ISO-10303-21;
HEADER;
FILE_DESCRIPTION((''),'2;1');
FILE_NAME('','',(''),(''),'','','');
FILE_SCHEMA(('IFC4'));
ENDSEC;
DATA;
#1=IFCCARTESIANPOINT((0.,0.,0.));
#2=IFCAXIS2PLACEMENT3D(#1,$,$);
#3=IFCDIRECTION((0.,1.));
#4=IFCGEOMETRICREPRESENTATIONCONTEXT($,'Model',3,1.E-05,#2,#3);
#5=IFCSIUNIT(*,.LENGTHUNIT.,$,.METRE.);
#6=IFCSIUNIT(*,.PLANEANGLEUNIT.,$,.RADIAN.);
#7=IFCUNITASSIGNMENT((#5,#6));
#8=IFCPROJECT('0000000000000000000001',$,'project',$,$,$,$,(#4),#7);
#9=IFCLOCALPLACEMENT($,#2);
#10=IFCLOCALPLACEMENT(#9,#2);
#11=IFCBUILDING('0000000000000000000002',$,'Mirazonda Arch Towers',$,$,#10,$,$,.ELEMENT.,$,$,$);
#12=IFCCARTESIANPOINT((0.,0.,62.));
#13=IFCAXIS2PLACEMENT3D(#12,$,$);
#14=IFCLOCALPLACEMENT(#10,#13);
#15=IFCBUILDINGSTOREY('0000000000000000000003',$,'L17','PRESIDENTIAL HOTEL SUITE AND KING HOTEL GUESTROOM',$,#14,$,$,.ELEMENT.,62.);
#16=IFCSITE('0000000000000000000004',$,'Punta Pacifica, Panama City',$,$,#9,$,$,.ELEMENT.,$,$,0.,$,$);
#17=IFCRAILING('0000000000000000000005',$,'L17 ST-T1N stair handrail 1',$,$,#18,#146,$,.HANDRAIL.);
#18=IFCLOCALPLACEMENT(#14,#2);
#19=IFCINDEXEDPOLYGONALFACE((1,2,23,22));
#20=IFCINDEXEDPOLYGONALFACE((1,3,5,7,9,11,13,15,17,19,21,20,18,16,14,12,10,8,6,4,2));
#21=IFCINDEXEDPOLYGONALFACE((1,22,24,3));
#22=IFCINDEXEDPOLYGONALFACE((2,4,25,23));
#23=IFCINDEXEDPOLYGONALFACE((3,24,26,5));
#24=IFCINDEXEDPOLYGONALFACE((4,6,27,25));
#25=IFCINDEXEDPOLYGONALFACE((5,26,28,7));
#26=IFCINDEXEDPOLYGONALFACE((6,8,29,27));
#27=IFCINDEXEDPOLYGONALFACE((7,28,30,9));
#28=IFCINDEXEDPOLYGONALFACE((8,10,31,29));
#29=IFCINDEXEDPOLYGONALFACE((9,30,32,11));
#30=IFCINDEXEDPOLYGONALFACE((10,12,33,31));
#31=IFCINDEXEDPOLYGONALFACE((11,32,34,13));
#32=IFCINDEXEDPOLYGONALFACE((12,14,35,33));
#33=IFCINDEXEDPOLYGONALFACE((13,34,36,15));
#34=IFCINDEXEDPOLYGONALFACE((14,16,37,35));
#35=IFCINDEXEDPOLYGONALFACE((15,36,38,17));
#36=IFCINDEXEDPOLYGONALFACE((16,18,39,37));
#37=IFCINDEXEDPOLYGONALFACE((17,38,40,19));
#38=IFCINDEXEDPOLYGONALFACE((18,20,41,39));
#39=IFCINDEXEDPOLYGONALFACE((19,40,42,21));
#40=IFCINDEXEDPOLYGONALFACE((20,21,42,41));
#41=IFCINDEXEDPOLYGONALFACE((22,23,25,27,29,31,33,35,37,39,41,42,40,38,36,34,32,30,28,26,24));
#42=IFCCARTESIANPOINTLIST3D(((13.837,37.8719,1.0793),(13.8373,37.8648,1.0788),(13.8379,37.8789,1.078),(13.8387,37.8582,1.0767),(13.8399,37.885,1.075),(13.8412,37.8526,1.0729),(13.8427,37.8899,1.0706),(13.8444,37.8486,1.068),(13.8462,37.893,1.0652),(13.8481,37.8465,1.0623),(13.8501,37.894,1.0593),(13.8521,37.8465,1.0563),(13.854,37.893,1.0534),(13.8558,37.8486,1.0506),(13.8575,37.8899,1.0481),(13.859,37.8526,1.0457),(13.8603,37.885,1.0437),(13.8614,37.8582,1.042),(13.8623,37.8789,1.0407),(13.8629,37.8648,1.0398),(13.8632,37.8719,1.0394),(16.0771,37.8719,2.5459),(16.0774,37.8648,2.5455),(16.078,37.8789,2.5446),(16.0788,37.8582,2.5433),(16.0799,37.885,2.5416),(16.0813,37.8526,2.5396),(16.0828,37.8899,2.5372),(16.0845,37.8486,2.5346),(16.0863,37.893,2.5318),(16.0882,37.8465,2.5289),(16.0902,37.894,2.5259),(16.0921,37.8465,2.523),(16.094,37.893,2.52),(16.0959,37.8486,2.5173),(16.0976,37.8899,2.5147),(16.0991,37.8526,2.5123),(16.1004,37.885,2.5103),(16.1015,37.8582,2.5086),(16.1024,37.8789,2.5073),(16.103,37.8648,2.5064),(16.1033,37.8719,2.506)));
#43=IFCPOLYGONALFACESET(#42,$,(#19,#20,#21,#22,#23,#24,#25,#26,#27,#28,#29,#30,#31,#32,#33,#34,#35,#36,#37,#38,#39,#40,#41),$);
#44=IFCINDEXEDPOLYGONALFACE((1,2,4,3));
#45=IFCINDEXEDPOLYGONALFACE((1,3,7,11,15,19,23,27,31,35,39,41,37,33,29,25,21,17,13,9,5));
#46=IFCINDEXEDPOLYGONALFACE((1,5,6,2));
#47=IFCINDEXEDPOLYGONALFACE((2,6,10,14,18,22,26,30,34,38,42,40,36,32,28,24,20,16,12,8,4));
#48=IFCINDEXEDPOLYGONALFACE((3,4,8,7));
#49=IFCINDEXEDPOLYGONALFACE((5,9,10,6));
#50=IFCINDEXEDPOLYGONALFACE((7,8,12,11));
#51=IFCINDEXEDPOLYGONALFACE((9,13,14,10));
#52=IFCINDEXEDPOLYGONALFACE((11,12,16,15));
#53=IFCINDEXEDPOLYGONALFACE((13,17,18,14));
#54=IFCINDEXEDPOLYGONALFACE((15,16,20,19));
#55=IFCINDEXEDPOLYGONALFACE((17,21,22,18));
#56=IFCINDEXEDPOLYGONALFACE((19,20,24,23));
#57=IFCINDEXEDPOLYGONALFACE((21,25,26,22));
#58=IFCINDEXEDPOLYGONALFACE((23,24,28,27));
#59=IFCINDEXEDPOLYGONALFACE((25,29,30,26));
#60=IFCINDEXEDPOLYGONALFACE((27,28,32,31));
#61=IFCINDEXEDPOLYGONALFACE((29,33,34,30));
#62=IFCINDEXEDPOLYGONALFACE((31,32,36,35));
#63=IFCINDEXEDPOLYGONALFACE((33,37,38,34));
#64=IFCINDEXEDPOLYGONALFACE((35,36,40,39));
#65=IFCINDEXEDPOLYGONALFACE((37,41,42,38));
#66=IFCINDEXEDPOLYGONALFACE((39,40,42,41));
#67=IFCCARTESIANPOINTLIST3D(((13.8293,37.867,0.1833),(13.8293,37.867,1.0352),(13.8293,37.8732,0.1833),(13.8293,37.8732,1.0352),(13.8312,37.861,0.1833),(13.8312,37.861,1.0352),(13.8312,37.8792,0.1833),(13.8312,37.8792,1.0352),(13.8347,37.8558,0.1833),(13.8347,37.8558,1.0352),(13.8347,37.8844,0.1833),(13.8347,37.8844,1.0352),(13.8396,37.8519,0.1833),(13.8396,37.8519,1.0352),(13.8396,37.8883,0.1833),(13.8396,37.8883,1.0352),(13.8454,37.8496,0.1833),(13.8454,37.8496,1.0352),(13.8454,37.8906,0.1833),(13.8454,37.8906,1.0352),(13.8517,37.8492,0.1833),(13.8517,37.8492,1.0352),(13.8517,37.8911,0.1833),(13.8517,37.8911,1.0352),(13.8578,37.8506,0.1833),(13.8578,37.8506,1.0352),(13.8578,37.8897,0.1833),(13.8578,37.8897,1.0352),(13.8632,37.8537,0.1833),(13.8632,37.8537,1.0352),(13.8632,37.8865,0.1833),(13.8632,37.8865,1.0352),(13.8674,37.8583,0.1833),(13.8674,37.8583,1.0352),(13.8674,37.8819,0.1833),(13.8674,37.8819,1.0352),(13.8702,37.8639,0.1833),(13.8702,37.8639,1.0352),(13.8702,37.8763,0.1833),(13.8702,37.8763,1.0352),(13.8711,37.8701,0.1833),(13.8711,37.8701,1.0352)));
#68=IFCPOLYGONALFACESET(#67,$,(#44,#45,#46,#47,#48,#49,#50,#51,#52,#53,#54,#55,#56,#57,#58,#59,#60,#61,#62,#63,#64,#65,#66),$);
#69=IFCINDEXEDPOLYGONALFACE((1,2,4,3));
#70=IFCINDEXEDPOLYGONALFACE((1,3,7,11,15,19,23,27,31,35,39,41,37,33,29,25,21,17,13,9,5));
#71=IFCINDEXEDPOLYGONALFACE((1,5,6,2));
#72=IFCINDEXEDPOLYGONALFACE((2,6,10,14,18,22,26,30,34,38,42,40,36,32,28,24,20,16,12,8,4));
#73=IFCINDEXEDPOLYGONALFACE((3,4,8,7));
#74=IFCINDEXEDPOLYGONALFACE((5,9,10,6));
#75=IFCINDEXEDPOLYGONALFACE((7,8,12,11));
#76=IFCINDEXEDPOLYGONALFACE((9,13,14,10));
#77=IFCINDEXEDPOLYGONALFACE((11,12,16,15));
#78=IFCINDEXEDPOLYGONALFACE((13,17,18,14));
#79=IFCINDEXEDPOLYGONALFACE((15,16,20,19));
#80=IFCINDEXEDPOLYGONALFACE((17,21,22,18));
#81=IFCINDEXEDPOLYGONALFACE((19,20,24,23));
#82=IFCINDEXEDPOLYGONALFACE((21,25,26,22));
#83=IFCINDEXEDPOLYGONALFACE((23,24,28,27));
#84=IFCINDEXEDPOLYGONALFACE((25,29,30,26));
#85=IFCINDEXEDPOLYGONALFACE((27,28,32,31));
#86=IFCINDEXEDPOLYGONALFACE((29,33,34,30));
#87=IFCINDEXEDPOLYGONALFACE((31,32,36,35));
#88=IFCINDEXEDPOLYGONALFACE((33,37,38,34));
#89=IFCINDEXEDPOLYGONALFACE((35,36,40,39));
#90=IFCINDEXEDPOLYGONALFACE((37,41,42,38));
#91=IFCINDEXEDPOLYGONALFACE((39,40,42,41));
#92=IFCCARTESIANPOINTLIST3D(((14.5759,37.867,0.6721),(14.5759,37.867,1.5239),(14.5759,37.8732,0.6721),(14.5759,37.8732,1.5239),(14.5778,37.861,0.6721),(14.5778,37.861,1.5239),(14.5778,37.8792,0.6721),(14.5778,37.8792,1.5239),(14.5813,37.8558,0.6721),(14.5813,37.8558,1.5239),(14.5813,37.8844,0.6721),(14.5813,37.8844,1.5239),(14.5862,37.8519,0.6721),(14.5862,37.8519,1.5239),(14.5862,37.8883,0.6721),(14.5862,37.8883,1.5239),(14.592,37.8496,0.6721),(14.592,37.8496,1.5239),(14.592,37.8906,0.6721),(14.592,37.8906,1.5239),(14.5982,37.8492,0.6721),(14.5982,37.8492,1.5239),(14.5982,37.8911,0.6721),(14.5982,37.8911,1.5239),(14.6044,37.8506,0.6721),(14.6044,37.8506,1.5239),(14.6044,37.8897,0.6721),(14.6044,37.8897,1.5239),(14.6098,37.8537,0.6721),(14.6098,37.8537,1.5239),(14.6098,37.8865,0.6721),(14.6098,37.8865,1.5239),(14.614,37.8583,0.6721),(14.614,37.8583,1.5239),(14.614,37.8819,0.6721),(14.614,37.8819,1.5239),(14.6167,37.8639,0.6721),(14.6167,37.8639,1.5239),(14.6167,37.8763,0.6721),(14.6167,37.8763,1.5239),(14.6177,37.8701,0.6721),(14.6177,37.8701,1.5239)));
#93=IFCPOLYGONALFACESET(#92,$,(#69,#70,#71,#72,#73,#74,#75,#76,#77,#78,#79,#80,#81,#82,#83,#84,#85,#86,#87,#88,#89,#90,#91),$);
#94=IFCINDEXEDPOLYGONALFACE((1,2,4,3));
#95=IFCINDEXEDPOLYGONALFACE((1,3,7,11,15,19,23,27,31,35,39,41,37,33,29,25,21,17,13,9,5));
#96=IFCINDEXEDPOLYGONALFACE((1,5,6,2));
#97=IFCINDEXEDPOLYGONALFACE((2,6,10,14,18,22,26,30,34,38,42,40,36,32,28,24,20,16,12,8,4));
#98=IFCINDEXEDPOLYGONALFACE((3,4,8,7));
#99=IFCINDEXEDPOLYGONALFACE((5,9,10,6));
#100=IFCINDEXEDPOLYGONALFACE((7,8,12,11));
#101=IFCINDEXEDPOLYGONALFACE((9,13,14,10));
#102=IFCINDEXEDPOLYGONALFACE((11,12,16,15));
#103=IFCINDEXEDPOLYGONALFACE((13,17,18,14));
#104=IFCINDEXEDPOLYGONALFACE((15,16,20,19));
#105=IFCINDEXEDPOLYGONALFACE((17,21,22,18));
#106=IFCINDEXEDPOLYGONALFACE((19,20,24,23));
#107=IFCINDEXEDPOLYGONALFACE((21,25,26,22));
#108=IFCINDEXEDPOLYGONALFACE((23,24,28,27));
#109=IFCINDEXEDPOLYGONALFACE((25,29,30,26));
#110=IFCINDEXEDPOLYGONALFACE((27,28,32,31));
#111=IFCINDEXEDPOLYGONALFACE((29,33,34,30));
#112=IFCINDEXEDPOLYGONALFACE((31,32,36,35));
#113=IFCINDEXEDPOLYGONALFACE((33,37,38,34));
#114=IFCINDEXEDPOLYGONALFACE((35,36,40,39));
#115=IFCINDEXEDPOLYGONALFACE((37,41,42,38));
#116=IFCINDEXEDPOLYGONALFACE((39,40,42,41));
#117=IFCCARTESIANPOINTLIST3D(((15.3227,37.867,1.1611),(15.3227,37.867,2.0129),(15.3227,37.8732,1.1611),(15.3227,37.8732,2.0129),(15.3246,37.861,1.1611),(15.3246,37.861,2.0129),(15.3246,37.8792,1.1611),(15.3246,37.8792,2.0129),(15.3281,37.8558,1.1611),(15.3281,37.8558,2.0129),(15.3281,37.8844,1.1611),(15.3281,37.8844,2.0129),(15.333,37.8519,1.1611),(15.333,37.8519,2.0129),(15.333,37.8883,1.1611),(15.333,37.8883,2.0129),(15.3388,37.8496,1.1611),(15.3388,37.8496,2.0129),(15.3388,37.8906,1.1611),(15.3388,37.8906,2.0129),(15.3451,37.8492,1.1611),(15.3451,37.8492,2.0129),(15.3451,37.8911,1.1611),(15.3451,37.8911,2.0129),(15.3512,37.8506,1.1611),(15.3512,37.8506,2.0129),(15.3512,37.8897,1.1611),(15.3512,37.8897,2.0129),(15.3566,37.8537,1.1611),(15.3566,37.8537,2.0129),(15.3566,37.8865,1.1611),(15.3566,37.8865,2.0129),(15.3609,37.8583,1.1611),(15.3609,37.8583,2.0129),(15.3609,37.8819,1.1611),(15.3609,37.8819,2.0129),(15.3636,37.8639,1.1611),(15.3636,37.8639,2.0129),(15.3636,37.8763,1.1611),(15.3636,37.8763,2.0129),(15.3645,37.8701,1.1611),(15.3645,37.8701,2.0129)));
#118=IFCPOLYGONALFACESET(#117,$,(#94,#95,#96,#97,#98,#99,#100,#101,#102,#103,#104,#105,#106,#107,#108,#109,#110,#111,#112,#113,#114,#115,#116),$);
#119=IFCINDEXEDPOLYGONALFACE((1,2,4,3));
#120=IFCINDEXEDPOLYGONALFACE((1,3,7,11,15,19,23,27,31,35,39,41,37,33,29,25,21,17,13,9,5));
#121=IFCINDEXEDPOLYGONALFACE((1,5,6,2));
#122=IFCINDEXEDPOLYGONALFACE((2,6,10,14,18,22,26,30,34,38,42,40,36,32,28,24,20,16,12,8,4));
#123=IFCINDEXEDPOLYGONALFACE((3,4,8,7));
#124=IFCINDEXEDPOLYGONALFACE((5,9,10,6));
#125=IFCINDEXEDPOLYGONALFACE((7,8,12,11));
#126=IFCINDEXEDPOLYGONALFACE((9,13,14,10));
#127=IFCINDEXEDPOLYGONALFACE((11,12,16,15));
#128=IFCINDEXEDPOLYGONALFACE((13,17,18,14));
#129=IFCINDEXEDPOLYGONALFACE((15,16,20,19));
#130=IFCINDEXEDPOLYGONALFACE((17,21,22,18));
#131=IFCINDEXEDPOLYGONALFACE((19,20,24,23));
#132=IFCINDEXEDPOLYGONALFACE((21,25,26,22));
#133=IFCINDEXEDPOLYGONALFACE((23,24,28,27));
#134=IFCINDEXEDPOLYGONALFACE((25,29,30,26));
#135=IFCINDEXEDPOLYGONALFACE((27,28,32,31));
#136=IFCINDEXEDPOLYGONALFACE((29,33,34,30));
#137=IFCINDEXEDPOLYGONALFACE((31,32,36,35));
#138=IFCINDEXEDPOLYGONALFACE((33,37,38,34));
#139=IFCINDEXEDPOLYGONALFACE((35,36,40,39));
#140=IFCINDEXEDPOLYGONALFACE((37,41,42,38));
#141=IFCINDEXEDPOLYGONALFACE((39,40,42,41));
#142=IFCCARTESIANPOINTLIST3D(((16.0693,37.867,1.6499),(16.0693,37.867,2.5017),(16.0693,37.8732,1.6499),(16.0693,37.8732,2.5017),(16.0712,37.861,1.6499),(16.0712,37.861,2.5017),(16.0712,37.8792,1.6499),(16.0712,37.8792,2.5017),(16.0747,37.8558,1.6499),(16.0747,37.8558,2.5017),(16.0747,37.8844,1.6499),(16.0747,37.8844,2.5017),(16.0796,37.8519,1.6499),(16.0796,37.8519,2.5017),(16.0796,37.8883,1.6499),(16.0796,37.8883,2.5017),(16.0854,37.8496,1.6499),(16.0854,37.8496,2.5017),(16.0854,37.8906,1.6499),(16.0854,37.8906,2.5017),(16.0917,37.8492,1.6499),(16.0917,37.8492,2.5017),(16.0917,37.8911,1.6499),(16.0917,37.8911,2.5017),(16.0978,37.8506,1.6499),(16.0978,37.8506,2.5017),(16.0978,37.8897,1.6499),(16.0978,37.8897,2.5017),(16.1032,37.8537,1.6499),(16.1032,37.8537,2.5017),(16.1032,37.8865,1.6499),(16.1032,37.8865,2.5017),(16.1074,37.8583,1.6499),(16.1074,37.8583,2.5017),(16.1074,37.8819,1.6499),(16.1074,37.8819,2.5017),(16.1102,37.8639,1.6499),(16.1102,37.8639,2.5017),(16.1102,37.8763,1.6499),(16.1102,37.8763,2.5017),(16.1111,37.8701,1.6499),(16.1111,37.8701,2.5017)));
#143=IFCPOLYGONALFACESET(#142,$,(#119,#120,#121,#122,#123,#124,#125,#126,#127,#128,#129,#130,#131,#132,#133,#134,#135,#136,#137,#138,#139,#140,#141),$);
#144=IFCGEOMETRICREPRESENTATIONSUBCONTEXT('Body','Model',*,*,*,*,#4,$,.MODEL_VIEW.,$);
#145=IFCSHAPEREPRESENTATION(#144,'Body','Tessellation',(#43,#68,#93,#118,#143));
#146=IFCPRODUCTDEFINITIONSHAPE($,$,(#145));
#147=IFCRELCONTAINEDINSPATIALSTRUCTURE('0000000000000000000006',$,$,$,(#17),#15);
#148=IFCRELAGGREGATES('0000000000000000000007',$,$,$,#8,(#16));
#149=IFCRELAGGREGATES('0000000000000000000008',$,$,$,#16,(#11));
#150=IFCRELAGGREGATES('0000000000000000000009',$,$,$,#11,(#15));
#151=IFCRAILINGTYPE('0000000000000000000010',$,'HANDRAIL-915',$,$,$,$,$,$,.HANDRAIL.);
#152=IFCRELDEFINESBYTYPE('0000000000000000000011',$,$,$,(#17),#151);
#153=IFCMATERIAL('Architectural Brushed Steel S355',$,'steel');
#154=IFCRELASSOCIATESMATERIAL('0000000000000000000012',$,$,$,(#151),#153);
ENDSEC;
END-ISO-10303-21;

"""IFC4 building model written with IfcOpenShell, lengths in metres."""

from ifc_helpers import new_model, si_unit, direction, frame, origin, origin_2d, place, context, subcontext, project, spatial, circle, extrude, material, type_object, element, save


model = new_model("IFC4")

# Units and contexts
model_context = context("Model", 3, precision=1e-05, world=origin(), true_north=direction((0.0, 1.0)))
body_context = subcontext(model_context, "Body", "Model", "MODEL_VIEW")
ifc_project = project(units=[si_unit("LENGTHUNIT", "METRE"), si_unit("PLANEANGLEUNIT", "RADIAN")], contexts=[model_context])

# Site, building, storey
site_placement = place(None, origin())
site = spatial("IfcSite", under=ifc_project, at=site_placement, Name="Punta Pacifica, Panama City", CompositionType="ELEMENT", RefElevation=0.0)
building_placement = place(site_placement, origin())
building = spatial("IfcBuilding", under=site, at=building_placement, Name="Mirazonda Arch Towers", CompositionType="ELEMENT")
storey_placement = place(building_placement, frame((0.0, 0.0, 62.0)))
storey = spatial("IfcBuildingStorey", under=building, at=storey_placement, Name="L17", Description="PRESIDENTIAL HOTEL SUITE AND KING HOTEL GUESTROOM", CompositionType="ELEMENT", Elevation=62.0)

# Shared definitions
ifc_material_1 = material(Name="Architectural Brushed Steel S355", Category="steel")

# Railing
railing_type_1 = type_object("IfcRailingType", Name="HANDRAIL-915", PredefinedType="HANDRAIL", material=ifc_material_1)
railing_1_placement = place(storey_placement, frame((13.8501, 37.8701, 0.1833)))
element("IfcRailing", 1, at=railing_1_placement, inside=storey, type_object=railing_type_1, Name="L17 ST-T1N stair handrail 1", PredefinedType="HANDRAIL", context=body_context, shape_type="SweptSolid", body=[
    extrude(circle(Radius=0.0239, at=origin_2d()), frame((0.0, 0.0, 0.876), z_axis=(0.836637, 0.0, 0.547758), x_axis=(0.0, 1.0, 0.0)), (0.0, 0.0, 1.0), 2.6775),
    extrude(circle(Radius=0.021, at=origin_2d()), origin(), (0.0, 0.0, 1.0), 0.8518),
    extrude(circle(Radius=0.021, at=origin_2d()), frame((0.7466, 0.0, 0.4888)), (0.0, 0.0, 1.0), 0.8518),
    extrude(circle(Radius=0.021, at=origin_2d()), frame((1.4934, 0.0, 0.9778)), (0.0, 0.0, 1.0), 0.8518),
    extrude(circle(Radius=0.021, at=origin_2d()), frame((2.24, 0.0, 1.4666)), (0.0, 0.0, 1.0), 0.8518),
])

save(model, "model.ifc")
